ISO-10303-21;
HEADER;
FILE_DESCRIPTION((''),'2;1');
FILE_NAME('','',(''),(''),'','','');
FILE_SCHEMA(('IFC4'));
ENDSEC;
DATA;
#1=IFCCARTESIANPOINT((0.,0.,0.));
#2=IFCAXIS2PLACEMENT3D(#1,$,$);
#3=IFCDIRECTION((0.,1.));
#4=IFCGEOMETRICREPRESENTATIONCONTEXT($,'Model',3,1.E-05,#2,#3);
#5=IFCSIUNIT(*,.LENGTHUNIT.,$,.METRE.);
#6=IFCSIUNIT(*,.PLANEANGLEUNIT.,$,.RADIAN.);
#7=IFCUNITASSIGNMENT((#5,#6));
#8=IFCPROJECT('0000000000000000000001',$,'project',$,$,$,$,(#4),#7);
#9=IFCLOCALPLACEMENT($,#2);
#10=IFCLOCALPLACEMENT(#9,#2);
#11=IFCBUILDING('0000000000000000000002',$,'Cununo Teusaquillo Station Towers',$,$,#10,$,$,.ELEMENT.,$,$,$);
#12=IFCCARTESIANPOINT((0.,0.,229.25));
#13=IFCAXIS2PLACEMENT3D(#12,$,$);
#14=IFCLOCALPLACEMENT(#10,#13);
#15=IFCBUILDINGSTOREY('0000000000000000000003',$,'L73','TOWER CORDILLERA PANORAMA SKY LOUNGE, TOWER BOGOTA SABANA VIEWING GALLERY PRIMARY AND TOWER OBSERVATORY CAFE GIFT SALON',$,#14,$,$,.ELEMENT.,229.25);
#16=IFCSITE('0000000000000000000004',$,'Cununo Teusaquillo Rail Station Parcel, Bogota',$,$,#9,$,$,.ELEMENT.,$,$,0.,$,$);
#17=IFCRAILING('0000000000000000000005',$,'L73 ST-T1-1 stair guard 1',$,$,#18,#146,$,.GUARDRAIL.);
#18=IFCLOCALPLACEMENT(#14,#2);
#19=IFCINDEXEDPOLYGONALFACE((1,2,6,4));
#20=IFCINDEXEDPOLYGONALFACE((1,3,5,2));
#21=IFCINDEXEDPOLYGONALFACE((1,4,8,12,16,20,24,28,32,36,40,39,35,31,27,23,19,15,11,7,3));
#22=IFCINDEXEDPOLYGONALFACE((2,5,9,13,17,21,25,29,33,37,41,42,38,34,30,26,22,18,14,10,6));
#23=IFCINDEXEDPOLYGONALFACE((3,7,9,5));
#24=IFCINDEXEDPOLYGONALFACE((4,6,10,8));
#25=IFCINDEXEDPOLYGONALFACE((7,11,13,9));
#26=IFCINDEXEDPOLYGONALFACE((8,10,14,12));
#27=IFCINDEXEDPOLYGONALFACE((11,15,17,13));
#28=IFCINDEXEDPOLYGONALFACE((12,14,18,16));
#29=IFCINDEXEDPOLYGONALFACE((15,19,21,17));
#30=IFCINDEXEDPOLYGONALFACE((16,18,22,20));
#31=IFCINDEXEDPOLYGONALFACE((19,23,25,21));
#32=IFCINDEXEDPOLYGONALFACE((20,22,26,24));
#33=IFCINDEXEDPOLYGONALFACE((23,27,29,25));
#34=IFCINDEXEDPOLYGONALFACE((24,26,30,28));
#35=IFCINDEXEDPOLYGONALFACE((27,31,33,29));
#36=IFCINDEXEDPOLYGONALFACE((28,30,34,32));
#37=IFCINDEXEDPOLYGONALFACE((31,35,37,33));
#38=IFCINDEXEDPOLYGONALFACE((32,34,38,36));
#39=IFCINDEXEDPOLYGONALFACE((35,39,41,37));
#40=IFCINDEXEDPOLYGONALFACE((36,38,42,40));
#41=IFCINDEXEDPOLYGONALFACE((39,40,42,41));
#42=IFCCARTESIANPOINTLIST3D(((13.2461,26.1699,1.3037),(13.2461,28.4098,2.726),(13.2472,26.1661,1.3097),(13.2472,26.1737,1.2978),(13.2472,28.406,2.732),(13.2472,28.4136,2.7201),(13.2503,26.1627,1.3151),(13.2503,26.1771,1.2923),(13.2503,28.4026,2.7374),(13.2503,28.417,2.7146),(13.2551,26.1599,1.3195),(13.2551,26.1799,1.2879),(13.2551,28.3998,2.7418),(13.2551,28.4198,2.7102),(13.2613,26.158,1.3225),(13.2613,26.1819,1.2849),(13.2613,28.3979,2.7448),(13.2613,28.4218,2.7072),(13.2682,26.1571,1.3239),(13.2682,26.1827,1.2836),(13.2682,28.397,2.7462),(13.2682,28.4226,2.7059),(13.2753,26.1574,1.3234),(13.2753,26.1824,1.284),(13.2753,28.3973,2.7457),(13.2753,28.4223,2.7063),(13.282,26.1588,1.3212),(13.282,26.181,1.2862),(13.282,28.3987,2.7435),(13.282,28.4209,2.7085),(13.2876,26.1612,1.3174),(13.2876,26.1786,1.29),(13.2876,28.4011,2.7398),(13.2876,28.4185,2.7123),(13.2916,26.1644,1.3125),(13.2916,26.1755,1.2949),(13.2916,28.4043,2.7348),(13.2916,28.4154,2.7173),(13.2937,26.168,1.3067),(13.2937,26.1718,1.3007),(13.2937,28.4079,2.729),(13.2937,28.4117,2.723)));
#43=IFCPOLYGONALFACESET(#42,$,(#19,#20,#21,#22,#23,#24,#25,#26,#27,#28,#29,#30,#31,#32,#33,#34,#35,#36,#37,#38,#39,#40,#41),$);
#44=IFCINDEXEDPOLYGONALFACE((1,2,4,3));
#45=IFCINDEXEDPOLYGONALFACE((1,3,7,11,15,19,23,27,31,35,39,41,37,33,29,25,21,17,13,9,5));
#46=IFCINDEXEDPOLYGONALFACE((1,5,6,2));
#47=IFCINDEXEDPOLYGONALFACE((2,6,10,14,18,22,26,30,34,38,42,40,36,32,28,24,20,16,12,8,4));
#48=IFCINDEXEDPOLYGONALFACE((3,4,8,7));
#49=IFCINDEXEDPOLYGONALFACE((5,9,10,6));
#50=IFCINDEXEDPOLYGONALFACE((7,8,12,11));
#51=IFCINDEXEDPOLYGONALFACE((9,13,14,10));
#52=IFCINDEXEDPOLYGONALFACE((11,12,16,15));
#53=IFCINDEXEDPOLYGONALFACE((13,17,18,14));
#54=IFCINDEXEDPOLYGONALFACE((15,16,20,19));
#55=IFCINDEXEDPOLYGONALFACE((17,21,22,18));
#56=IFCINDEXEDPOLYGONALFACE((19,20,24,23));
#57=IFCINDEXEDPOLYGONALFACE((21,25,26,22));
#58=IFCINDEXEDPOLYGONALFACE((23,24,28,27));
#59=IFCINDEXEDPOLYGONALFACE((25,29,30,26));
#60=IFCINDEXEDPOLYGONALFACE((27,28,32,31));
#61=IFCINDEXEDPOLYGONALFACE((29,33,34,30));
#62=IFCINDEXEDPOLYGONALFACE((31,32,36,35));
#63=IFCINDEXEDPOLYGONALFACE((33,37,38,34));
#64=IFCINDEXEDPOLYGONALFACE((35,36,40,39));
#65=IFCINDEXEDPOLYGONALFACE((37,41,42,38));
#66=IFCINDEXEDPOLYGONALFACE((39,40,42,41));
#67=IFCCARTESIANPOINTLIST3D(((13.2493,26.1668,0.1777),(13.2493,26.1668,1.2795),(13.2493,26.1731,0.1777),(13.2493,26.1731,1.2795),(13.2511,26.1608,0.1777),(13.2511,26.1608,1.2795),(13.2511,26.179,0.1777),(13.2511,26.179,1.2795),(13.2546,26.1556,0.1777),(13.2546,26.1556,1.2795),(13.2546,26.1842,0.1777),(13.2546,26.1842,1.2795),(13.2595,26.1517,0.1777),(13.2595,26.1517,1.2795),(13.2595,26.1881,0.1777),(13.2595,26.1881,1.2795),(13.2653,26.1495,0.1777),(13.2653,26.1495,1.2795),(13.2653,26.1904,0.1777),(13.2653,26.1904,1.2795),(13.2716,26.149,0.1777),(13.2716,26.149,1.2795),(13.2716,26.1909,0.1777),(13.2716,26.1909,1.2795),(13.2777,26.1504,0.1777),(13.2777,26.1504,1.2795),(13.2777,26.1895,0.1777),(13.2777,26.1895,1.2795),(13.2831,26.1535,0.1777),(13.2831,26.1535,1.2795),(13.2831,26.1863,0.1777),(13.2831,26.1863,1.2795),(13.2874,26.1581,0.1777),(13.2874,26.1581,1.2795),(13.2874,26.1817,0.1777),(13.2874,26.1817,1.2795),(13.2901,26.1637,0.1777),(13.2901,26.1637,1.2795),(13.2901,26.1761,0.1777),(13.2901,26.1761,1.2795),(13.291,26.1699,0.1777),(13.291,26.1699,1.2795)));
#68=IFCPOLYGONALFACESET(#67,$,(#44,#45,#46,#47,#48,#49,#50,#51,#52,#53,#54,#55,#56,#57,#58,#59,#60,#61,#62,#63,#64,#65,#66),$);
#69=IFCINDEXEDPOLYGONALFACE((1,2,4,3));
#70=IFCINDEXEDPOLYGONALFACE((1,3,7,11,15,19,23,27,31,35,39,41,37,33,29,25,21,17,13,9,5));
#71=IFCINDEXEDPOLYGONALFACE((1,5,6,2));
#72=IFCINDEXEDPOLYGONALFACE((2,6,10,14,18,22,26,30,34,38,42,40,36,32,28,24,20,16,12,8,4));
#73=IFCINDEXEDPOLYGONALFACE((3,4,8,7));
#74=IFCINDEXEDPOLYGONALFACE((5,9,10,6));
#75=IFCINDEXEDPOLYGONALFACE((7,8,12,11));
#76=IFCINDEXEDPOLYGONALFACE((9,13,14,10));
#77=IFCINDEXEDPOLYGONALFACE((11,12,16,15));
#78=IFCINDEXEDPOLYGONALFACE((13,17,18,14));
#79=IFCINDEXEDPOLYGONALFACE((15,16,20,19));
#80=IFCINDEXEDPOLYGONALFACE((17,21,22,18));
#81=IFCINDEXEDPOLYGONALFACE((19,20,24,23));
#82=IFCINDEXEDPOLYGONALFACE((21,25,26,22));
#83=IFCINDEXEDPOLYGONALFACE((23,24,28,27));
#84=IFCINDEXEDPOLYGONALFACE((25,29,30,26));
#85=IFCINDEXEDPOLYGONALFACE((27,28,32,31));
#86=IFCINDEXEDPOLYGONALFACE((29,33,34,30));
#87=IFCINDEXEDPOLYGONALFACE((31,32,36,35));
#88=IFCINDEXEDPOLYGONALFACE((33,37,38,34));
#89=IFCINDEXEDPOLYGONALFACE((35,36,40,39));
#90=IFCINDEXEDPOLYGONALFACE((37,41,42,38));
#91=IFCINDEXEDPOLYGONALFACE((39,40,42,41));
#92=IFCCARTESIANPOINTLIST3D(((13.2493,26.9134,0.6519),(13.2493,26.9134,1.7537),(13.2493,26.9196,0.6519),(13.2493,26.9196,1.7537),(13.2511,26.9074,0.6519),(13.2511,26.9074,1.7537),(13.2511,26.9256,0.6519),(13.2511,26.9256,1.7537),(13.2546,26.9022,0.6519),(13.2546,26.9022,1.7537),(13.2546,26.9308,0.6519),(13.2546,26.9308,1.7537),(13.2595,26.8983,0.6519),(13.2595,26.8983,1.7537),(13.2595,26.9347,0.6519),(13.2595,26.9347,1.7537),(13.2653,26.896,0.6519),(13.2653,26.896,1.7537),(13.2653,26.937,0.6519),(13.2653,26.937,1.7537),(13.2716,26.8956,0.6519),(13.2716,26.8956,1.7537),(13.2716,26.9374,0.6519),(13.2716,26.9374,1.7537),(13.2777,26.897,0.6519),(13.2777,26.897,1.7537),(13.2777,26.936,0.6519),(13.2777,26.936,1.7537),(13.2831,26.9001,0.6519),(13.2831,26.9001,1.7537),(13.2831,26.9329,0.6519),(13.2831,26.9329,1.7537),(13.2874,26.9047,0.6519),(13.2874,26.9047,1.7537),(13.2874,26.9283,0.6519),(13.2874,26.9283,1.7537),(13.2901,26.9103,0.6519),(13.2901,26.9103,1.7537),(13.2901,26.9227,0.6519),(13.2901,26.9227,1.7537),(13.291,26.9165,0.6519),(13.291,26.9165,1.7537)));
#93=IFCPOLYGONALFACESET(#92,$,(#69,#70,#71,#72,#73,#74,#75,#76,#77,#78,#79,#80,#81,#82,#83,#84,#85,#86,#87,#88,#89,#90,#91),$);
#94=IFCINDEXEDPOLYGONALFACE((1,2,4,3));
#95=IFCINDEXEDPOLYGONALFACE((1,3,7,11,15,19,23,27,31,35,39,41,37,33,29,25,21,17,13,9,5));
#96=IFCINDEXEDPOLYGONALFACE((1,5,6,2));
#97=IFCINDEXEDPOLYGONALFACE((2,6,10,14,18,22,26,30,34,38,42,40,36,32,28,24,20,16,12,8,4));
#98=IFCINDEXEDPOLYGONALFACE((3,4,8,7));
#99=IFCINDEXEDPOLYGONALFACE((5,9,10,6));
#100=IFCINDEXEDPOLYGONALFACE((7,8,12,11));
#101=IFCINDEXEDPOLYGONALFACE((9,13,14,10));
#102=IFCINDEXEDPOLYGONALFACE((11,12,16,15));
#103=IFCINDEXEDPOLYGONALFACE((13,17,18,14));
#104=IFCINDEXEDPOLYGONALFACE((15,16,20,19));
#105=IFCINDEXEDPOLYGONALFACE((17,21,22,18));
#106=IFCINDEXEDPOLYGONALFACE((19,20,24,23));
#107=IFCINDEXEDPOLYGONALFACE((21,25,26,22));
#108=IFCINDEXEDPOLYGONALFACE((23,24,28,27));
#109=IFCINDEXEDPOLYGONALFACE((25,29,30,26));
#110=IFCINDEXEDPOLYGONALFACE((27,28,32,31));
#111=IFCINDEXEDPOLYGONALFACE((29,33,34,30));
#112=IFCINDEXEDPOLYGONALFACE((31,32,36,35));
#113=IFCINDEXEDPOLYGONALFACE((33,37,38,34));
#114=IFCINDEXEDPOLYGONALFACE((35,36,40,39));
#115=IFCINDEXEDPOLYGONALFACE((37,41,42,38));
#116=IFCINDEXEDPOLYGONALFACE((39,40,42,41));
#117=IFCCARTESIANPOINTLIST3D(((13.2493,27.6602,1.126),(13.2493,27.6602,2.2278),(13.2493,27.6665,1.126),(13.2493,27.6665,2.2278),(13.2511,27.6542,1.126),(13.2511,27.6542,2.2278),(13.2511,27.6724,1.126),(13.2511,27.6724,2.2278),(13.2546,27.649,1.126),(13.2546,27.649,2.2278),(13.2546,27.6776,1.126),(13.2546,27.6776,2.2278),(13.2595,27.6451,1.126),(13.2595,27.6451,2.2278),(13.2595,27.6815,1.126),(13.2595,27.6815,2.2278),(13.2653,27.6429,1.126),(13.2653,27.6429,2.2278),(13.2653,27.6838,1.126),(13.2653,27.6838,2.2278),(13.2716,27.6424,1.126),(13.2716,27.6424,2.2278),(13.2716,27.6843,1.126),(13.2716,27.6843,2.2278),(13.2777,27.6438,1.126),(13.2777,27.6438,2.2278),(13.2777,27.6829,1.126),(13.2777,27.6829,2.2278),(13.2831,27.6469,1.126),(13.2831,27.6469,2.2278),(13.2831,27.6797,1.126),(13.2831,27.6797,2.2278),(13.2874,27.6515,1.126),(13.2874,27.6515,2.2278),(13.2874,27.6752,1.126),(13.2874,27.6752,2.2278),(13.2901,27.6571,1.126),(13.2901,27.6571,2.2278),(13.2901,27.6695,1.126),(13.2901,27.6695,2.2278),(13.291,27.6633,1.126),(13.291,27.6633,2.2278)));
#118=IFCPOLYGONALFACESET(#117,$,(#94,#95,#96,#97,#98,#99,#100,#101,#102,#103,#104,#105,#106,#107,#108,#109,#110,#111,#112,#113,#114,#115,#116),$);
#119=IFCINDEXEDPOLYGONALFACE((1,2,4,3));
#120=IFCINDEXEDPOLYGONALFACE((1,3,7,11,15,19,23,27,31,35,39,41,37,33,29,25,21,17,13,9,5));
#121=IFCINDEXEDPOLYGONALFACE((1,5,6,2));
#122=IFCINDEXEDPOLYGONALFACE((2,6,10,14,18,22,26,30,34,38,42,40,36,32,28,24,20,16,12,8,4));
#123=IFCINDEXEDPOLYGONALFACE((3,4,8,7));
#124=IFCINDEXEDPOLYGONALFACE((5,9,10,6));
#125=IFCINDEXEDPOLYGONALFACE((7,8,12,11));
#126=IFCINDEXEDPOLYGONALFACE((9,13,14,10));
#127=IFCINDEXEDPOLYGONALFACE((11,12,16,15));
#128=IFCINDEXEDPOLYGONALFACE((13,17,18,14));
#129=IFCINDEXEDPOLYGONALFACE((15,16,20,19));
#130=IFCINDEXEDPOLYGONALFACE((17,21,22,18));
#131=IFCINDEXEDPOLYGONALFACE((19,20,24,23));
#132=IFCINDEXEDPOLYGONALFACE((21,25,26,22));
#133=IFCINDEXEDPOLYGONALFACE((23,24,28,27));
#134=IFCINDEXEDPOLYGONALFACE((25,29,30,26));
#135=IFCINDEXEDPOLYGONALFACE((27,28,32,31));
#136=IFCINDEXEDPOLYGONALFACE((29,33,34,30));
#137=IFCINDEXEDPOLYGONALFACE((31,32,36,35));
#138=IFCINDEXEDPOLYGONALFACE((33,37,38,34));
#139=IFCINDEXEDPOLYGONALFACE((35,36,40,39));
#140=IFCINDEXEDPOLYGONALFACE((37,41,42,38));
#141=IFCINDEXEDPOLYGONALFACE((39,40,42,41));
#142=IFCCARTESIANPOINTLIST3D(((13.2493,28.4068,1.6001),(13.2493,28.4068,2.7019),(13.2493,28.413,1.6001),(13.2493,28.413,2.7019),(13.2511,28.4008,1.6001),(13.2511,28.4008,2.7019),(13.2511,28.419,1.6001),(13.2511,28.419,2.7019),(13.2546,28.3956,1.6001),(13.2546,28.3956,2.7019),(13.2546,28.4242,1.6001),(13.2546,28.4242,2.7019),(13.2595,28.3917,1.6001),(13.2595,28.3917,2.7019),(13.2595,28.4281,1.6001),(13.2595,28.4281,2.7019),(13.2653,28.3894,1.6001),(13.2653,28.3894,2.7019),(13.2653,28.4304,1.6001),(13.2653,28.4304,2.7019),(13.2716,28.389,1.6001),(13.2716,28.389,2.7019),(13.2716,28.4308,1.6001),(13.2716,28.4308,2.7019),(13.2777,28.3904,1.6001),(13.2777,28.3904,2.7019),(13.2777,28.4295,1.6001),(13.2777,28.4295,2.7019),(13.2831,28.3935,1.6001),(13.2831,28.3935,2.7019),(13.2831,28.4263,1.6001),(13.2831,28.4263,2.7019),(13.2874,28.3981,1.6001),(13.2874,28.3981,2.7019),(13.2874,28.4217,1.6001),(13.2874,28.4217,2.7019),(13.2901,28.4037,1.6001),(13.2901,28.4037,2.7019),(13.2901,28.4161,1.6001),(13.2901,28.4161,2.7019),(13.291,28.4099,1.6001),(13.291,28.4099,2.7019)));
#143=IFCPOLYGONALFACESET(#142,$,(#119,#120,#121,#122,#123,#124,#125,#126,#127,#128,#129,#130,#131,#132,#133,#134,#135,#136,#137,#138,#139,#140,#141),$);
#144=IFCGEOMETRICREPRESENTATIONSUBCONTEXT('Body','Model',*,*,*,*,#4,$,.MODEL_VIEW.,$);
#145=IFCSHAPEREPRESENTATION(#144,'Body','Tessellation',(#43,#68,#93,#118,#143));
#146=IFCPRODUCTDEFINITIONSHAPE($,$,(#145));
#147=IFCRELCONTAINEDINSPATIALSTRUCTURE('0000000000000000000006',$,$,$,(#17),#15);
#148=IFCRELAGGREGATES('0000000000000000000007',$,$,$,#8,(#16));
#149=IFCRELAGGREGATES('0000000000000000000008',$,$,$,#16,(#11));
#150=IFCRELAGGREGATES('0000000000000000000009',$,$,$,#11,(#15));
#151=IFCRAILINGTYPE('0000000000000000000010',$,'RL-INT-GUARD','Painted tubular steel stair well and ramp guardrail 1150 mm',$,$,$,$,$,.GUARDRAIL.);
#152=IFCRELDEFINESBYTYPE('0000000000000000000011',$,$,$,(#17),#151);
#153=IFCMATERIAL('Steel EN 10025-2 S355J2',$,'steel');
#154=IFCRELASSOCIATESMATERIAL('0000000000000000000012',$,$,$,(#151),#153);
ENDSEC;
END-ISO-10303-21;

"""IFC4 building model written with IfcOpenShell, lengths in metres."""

from ifc_helpers import new_model, si_unit, direction, frame, origin, origin_2d, place, context, subcontext, project, spatial, circle, extrude, material, type_object, element, save


model = new_model("IFC4")

# Units and contexts
model_context = context("Model", 3, precision=1e-05, world=origin(), true_north=direction((0.0, 1.0)))
body_context = subcontext(model_context, "Body", "Model", "MODEL_VIEW")
ifc_project = project(units=[si_unit("LENGTHUNIT", "METRE"), si_unit("PLANEANGLEUNIT", "RADIAN")], contexts=[model_context])

# Site, building, storey
site_placement = place(None, origin())
site = spatial("IfcSite", under=ifc_project, at=site_placement, Name="Cununo Teusaquillo Rail Station Parcel, Bogota", CompositionType="ELEMENT", RefElevation=0.0)
building_placement = place(site_placement, origin())
building = spatial("IfcBuilding", under=site, at=building_placement, Name="Cununo Teusaquillo Station Towers", CompositionType="ELEMENT")
storey_placement = place(building_placement, frame((0.0, 0.0, 229.25)))
storey = spatial("IfcBuildingStorey", under=building, at=storey_placement, Name="L73", Description="TOWER CORDILLERA PANORAMA SKY LOUNGE, TOWER BOGOTA SABANA VIEWING GALLERY PRIMARY AND TOWER OBSERVATORY CAFE GIFT SALON", CompositionType="ELEMENT", Elevation=229.25)

# Railing
ifc_material_1 = material(Name="Steel EN 10025-2 S355J2", Category="steel")
railing_type_1 = type_object("IfcRailingType", Name="RL-INT-GUARD", Description="Painted tubular steel stair well and ramp guardrail 1150 mm", PredefinedType="GUARDRAIL", material=ifc_material_1)
railing_1_placement = place(storey_placement, frame((13.27, 26.1699, 0.1777)))
element("IfcRailing", 1, at=railing_1_placement, inside=storey, type_object=railing_type_1, Name="L73 ST-T1-1 stair guard 1", PredefinedType="GUARDRAIL", context=body_context, shape_type="SweptSolid", body=[
    extrude(circle(Radius=0.0239, at=origin_2d()), frame((0.0, 0.0, 1.126), z_axis=(0.0, 0.844188, 0.536048), x_axis=(-1.0, 0.0, 0.0)), (0.0, 0.0, 1.0), 2.6533),
    extrude(circle(Radius=0.021, at=origin_2d()), origin(), (0.0, 0.0, 1.0), 1.1018),
    extrude(circle(Radius=0.021, at=origin_2d()), frame((0.0, 0.7466, 0.4741)), (0.0, 0.0, 1.0), 1.1018),
    extrude(circle(Radius=0.021, at=origin_2d()), frame((0.0, 1.4934, 0.9482)), (0.0, 0.0, 1.0), 1.1018),
    extrude(circle(Radius=0.021, at=origin_2d()), frame((0.0, 2.24, 1.4224)), (0.0, 0.0, 1.0), 1.1018),
])

save(model, "model.ifc")
